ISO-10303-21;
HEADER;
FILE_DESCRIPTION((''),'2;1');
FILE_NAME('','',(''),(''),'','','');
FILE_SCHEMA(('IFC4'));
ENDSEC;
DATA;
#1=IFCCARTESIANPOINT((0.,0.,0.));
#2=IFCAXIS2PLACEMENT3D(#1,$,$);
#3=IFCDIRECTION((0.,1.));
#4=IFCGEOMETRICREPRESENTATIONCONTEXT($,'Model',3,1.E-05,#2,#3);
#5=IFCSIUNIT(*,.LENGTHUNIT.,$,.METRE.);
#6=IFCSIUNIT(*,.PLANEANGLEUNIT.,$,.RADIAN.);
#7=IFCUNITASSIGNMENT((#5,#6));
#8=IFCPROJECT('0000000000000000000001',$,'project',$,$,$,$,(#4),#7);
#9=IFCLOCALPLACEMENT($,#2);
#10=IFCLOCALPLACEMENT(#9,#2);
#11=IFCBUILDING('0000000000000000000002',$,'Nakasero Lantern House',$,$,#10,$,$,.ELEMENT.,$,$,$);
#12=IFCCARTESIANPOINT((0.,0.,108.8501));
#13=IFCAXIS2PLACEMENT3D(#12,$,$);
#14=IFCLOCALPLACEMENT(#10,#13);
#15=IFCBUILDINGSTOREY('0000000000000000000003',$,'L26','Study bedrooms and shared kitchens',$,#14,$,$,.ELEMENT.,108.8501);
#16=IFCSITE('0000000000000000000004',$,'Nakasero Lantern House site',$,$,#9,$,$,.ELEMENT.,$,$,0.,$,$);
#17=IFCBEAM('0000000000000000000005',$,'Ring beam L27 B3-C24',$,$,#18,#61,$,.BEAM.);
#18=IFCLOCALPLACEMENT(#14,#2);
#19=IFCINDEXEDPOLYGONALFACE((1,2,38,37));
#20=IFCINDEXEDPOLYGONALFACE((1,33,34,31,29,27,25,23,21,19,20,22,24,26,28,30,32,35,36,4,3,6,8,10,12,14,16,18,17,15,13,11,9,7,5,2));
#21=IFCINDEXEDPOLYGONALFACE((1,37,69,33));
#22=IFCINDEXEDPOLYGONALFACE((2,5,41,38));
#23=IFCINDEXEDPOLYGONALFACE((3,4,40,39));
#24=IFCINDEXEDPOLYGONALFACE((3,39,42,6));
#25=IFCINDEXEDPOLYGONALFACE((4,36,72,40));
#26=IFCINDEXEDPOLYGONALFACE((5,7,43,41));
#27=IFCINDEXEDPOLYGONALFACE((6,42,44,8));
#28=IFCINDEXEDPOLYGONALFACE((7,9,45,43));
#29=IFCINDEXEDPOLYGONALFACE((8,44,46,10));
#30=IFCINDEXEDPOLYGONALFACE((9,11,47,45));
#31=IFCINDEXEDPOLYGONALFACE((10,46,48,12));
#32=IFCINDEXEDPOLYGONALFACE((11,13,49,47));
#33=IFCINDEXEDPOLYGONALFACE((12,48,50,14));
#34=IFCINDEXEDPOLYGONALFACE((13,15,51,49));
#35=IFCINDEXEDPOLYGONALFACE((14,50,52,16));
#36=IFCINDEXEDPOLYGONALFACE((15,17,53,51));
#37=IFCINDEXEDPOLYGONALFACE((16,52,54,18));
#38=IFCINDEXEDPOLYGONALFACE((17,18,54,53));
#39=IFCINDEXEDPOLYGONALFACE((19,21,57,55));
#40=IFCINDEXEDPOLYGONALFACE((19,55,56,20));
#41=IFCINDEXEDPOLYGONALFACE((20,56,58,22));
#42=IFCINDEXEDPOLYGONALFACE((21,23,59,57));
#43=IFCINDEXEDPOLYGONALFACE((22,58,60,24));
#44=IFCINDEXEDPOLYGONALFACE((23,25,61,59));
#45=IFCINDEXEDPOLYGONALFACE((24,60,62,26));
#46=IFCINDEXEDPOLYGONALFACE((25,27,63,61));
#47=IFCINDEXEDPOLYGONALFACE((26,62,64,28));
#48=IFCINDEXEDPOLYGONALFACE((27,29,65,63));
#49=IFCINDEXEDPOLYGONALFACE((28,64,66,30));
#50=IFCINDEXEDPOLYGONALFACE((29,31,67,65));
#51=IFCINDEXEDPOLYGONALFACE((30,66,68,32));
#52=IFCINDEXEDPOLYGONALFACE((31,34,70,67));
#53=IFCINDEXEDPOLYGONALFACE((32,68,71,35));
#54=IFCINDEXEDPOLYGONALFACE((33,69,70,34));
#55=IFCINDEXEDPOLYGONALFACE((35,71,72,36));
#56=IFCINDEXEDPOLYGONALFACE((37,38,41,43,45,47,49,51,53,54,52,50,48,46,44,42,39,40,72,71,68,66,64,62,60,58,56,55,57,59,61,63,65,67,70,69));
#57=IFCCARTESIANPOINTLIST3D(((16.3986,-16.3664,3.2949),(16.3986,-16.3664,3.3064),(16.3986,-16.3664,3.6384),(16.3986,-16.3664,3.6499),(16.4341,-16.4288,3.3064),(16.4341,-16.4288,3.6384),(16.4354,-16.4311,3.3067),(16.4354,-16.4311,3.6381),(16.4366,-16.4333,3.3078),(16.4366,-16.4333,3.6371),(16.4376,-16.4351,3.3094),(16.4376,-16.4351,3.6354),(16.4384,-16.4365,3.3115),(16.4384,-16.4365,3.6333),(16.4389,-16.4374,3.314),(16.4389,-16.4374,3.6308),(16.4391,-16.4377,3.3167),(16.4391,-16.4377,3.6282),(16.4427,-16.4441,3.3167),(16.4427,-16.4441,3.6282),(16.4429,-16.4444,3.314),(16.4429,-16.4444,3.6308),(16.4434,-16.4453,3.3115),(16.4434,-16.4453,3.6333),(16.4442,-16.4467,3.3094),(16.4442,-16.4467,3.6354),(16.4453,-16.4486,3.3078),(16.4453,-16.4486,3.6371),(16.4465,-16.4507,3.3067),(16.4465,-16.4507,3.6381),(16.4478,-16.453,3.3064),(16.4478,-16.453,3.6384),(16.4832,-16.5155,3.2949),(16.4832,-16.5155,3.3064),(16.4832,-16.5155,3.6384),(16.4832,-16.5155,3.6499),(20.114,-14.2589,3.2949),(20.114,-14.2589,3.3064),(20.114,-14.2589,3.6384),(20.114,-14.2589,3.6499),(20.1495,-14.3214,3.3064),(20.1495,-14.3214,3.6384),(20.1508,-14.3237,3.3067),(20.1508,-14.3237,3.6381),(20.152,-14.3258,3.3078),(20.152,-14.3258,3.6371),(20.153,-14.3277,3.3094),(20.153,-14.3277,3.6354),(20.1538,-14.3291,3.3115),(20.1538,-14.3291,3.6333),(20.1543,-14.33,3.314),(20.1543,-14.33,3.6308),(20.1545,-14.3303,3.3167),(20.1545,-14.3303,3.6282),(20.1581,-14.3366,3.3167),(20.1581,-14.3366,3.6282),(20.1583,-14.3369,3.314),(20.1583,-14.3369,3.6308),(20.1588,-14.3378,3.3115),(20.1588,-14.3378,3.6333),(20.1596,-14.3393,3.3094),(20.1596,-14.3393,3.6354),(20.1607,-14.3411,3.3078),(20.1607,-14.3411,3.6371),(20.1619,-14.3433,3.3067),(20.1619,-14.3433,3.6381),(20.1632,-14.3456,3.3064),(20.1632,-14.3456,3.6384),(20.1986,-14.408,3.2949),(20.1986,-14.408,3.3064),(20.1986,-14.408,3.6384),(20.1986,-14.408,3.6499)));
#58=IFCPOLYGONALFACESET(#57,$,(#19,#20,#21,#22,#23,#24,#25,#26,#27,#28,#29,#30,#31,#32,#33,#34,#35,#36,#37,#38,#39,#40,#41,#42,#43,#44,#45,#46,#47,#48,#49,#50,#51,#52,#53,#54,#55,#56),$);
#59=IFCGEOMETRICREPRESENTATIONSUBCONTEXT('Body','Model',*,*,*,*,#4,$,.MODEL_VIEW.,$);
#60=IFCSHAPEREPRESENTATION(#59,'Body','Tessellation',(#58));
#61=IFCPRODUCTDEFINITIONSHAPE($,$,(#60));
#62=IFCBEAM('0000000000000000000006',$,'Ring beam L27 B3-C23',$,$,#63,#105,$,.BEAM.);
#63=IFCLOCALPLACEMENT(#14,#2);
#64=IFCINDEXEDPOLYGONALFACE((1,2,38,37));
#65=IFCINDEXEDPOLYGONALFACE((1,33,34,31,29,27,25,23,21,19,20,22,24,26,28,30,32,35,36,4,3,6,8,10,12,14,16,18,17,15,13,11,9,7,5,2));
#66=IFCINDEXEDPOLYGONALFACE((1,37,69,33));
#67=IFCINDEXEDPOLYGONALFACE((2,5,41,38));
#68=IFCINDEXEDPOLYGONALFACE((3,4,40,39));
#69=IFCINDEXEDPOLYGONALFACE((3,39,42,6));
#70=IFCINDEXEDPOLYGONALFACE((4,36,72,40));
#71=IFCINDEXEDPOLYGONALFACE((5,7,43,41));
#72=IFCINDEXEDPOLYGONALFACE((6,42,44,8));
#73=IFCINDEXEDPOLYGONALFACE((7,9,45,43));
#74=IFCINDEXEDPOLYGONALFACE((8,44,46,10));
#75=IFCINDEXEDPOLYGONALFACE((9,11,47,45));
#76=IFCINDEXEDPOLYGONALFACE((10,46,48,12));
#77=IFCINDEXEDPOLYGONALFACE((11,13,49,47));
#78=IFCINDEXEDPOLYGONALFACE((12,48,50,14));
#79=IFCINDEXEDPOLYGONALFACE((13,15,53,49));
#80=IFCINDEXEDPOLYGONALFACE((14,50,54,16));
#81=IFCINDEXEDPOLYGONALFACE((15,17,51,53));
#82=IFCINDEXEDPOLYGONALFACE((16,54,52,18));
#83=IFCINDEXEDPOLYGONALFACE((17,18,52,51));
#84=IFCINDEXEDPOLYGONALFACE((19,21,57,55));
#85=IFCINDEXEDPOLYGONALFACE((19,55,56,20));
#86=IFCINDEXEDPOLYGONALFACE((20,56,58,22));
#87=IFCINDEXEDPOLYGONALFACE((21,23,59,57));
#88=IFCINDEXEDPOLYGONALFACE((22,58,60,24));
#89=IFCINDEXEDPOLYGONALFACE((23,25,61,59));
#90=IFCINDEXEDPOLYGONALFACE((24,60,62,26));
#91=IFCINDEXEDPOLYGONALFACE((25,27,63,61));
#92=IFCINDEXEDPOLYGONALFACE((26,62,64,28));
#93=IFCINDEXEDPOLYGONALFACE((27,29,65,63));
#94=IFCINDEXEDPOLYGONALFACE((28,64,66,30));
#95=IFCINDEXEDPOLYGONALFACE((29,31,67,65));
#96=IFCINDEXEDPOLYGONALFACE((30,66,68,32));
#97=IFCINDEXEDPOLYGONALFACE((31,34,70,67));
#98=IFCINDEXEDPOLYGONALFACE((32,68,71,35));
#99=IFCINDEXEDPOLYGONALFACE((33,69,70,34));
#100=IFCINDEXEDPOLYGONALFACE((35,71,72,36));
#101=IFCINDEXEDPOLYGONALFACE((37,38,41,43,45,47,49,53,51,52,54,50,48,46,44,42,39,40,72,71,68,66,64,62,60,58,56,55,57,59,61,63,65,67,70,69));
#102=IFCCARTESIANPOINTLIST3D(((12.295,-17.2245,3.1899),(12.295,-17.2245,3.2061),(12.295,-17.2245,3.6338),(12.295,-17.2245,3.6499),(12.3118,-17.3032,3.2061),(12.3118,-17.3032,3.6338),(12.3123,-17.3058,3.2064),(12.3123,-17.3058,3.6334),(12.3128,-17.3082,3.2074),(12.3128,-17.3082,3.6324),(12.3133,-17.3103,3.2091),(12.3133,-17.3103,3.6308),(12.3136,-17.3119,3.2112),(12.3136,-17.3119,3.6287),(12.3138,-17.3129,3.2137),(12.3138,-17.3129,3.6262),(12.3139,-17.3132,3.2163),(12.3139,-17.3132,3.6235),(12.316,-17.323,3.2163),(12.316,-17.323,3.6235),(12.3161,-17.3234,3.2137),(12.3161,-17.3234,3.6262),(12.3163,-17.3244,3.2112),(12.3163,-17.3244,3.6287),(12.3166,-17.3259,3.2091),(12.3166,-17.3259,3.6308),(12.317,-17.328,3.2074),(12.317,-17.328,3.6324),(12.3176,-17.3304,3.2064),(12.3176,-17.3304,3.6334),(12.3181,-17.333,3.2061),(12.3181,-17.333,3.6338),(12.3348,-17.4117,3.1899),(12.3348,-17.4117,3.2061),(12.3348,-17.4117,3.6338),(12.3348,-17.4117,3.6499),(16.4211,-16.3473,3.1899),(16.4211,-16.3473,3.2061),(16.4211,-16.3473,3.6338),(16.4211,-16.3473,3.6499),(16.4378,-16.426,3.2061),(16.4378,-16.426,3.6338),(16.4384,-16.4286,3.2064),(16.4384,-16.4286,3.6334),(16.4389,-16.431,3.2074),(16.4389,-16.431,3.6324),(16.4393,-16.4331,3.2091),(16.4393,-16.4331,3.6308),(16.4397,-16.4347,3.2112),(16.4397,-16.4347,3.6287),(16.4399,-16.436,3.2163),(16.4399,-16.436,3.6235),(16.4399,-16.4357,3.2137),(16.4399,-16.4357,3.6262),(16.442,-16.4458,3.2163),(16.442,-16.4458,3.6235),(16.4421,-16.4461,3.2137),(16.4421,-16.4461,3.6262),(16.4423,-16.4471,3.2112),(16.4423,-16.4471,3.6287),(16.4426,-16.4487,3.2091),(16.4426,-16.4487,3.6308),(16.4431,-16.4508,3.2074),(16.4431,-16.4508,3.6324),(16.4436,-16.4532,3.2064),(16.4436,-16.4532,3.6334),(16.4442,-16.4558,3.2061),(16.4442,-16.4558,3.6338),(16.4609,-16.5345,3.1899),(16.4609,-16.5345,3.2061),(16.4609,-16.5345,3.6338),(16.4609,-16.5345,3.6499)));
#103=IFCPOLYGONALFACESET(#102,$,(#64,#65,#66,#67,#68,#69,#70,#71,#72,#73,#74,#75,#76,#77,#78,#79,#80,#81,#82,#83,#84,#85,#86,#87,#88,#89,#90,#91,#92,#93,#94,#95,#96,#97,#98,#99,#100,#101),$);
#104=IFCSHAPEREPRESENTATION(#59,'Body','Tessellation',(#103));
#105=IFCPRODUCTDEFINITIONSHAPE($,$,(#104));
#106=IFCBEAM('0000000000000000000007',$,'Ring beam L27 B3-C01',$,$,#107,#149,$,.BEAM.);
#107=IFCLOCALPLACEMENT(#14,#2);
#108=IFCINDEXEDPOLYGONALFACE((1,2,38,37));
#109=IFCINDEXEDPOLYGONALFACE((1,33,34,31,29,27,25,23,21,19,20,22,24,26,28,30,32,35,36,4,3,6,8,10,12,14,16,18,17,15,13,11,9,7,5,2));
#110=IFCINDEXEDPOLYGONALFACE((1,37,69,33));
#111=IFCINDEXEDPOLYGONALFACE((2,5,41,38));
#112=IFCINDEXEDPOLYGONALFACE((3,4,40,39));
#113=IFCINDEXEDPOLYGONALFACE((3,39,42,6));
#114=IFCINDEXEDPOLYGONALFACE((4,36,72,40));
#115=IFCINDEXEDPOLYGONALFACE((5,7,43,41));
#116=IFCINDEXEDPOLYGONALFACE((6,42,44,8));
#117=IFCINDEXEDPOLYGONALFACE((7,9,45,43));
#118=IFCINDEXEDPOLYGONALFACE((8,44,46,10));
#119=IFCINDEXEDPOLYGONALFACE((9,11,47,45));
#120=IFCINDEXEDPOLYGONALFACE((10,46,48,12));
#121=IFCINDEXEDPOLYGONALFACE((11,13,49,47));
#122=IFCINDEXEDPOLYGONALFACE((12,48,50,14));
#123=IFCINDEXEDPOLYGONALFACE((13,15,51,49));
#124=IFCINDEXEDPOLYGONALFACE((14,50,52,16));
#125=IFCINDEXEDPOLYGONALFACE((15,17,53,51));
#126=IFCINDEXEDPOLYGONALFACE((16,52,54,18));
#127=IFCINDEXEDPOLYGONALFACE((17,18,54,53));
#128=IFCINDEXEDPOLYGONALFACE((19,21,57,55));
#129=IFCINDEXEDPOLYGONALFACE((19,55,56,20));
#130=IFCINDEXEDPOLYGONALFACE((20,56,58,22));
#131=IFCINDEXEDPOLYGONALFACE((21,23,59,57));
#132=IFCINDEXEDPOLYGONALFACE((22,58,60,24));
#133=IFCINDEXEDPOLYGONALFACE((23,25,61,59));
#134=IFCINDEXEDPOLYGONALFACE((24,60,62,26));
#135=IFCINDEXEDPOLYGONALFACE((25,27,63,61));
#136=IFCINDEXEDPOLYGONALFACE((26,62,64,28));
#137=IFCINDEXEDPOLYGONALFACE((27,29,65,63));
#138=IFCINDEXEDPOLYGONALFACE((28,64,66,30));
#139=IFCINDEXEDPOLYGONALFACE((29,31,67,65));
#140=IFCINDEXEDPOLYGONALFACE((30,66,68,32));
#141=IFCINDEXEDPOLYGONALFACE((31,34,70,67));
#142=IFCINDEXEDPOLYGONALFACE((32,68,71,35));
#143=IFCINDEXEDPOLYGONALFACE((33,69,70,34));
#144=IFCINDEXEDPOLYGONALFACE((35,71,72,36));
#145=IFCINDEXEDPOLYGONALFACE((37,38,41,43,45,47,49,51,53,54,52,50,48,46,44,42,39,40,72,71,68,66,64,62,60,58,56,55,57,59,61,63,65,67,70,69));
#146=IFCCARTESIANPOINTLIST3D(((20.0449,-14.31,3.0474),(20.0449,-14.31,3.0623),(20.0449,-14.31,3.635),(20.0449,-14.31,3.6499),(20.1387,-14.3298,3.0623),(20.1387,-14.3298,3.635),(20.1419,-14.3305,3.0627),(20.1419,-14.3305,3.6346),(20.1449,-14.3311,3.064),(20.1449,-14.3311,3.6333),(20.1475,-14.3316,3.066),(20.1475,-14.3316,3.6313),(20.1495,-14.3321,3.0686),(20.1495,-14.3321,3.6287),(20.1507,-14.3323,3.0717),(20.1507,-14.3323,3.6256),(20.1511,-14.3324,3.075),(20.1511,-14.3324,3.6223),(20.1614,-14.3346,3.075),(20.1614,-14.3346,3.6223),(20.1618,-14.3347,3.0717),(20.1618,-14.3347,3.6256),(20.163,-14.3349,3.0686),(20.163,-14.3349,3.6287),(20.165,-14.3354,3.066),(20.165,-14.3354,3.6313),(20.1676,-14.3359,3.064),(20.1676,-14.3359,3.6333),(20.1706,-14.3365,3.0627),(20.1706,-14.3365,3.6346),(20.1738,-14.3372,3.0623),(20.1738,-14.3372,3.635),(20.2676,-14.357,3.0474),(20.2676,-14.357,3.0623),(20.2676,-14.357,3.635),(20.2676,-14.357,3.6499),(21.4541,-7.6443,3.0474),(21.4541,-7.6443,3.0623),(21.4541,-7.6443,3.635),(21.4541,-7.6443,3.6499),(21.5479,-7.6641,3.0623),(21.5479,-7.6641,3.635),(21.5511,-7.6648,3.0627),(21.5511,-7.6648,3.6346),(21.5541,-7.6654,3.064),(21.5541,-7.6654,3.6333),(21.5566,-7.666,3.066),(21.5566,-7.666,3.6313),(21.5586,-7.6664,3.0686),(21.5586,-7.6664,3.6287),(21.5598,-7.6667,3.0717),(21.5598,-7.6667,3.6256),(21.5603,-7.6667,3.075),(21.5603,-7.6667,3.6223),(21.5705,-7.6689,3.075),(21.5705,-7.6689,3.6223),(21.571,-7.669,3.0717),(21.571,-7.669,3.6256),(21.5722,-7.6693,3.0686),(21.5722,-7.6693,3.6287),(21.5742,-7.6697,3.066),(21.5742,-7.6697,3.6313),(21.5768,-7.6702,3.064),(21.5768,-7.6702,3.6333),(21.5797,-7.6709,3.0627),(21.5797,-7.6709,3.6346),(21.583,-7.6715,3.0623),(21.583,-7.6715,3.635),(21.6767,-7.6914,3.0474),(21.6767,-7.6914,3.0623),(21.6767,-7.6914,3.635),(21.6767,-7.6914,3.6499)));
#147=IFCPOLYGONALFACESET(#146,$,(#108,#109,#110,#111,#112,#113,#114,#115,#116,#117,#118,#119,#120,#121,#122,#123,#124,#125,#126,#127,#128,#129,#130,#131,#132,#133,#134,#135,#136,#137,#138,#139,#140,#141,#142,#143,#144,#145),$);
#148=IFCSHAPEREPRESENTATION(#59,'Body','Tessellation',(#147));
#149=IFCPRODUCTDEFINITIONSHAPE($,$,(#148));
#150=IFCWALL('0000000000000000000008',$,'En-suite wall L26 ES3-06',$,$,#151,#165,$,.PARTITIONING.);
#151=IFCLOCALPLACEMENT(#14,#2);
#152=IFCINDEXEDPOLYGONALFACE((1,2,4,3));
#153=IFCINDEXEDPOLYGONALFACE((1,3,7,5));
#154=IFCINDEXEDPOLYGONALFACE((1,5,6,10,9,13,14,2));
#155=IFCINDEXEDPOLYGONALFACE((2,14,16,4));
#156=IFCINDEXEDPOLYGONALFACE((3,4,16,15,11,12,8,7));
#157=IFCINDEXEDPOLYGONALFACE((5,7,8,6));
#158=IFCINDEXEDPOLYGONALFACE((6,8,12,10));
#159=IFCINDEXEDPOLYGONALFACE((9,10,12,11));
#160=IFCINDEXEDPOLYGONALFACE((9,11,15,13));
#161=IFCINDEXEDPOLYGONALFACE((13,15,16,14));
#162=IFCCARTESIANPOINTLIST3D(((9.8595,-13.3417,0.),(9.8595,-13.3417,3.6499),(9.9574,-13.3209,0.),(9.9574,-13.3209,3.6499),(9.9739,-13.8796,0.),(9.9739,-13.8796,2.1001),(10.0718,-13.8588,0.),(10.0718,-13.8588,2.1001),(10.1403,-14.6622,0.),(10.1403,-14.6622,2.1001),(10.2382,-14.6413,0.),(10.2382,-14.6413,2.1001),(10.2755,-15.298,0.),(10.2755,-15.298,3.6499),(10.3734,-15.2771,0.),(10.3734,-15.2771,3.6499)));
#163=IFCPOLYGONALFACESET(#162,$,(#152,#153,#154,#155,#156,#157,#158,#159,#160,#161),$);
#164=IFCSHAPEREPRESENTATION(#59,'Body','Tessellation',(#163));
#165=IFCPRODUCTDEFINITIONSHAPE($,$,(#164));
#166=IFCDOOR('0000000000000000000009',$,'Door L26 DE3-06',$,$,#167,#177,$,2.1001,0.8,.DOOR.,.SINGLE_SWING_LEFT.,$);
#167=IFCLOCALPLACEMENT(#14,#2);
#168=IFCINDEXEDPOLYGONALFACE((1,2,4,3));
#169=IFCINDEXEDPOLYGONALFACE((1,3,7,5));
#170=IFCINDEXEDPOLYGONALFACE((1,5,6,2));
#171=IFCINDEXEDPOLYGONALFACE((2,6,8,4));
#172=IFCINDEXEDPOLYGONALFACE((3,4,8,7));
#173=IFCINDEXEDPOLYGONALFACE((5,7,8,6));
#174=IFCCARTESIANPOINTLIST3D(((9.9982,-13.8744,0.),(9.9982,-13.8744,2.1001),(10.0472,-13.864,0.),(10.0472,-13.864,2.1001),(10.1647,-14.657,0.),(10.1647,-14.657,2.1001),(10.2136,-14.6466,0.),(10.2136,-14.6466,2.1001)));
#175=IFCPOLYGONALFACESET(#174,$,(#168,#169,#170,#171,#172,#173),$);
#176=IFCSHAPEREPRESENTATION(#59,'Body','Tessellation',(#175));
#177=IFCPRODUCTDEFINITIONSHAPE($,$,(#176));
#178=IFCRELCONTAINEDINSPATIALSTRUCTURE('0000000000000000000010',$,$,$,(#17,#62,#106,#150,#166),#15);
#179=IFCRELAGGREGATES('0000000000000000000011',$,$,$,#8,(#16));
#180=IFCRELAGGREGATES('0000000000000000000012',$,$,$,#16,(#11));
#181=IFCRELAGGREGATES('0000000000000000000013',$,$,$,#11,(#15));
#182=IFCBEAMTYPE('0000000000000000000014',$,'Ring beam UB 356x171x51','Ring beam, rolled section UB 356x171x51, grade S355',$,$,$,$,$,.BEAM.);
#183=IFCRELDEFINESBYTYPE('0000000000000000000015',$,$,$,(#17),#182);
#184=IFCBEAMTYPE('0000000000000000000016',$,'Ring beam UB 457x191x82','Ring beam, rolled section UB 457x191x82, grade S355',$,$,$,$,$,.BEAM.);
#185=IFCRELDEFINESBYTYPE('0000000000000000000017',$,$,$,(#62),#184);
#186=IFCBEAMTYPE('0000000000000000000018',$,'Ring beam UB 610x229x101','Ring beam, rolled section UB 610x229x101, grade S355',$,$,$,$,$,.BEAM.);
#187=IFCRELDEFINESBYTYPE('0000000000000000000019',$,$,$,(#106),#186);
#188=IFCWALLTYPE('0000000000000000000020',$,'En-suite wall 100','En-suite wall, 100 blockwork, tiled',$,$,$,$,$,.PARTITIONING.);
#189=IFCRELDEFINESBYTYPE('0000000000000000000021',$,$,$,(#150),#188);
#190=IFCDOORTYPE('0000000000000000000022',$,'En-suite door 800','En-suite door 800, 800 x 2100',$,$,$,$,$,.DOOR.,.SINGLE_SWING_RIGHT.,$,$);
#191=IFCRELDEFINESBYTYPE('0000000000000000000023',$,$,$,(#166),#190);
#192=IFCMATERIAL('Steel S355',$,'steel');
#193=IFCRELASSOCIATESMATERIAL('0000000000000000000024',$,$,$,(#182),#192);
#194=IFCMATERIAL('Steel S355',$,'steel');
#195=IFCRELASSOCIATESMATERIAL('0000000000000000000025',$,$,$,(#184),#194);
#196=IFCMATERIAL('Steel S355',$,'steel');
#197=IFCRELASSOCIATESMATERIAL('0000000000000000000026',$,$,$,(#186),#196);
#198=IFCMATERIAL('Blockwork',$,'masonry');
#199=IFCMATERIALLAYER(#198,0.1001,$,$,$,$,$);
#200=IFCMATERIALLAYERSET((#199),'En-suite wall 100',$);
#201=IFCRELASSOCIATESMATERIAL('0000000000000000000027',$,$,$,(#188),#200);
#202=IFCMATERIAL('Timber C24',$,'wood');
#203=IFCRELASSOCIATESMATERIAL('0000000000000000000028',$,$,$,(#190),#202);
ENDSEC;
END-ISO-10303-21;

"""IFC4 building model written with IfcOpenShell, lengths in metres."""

from ifc_helpers import new_model, si_unit, direction, frame, frame_2d, origin, origin_2d, place, context, subcontext, project, spatial, rectangle, i_section, extrude, material, layer, layer_set, material_profile, profile_set, type_object, element, fill, save


model = new_model("IFC4")

# Units and contexts
model_context = context("Model", 3, precision=1e-05, world=origin(), true_north=direction((0.0, 1.0)))
body_context = subcontext(model_context, "Body", "Model", "MODEL_VIEW")
ifc_project = project(units=[si_unit("LENGTHUNIT", "METRE"), si_unit("PLANEANGLEUNIT", "RADIAN")], contexts=[model_context])

# Site, building, storey
site_placement = place(None, origin())
site = spatial("IfcSite", under=ifc_project, at=site_placement, Name="Nakasero Lantern House site", CompositionType="ELEMENT", RefElevation=0.0)
building_placement = place(site_placement, origin())
building = spatial("IfcBuilding", under=site, at=building_placement, Name="Nakasero Lantern House", CompositionType="ELEMENT")
storey_placement = place(building_placement, frame((0.0, 0.0, 108.8501)))
storey = spatial("IfcBuildingStorey", under=building, at=storey_placement, Name="L26", Description="Study bedrooms and shared kitchens", CompositionType="ELEMENT", Elevation=108.8501)

# Beams
ifc_material_1 = material(Name="Steel S355", Category="steel")
ifc_material_profile_1 = material_profile(ifc_material_1, i_section(OverallWidth=0.1714, OverallDepth=0.355, WebThickness=0.0073, FlangeThickness=0.0115, FilletRadius=0.0103, at=origin_2d()), Name="UB 356x171x51")
ifc_profile_set_1 = profile_set([ifc_material_profile_1], Name="Steel S355")
beam_type_1 = type_object("IfcBeamType", Name="Ring beam UB 356x171x51", Description="Ring beam, rolled section UB 356x171x51, grade S355", PredefinedType="BEAM", material=ifc_profile_set_1)
beam_1_placement = place(storey_placement, frame((16.4409, -16.4409, 3.4724), z_axis=(0.869815, 0.493379, 0.0), x_axis=(-0.493379, 0.869815, 0.0)))
element("IfcBeam", 1, at=beam_1_placement, inside=storey, type_object=beam_type_1, Name="Ring beam L27 B3-C24", PredefinedType="BEAM", context=body_context, shape_type="SweptSolid", body=[
    extrude(i_section(OverallWidth=0.1714, OverallDepth=0.355, WebThickness=0.0073, FlangeThickness=0.0115, FilletRadius=0.0103, at=origin_2d()), origin(), (0.0, 0.0, 1.0), 4.2715),
])
ifc_material_2 = material(Name="Steel S355", Category="steel")
ifc_material_profile_2 = material_profile(ifc_material_2, i_section(OverallWidth=0.1914, OverallDepth=0.46, WebThickness=0.01, FlangeThickness=0.0161, FilletRadius=0.0103, at=origin_2d()), Name="UB 457x191x82")
ifc_profile_set_2 = profile_set([ifc_material_profile_2], Name="Steel S355")
beam_type_2 = type_object("IfcBeamType", Name="Ring beam UB 457x191x82", Description="Ring beam, rolled section UB 457x191x82, grade S355", PredefinedType="BEAM", material=ifc_profile_set_2)
beam_2_placement = place(storey_placement, frame((12.3149, -17.3181, 3.4199), z_axis=(0.978138, 0.207956, 0.0), x_axis=(-0.207956, 0.978138, 0.0)))
element("IfcBeam", 2, at=beam_2_placement, inside=storey, type_object=beam_type_2, Name="Ring beam L27 B3-C23", PredefinedType="BEAM", context=body_context, shape_type="SweptSolid", body=[
    extrude(i_section(OverallWidth=0.1914, OverallDepth=0.46, WebThickness=0.01, FlangeThickness=0.0161, FilletRadius=0.0103, at=origin_2d()), origin(), (0.0, 0.0, 1.0), 4.2183),
])
ifc_material_3 = material(Name="Steel S355", Category="steel")
ifc_material_profile_3 = material_profile(ifc_material_3, i_section(OverallWidth=0.2275, OverallDepth=0.6025, WebThickness=0.0105, FlangeThickness=0.0149, FilletRadius=0.0127, at=origin_2d()), Name="UB 610x229x101")
ifc_profile_set_3 = profile_set([ifc_material_profile_3], Name="Steel S355")
beam_type_3 = type_object("IfcBeamType", Name="Ring beam UB 610x229x101", Description="Ring beam, rolled section UB 610x229x101, grade S355", PredefinedType="BEAM", material=ifc_profile_set_3)
beam_3_placement = place(storey_placement, frame((20.1562, -14.3335, 3.3486), z_axis=(0.206834, 0.978376, 0.0), x_axis=(-0.978376, 0.206834, 0.0)))
element("IfcBeam", 3, at=beam_3_placement, inside=storey, type_object=beam_type_3, Name="Ring beam L27 B3-C01", PredefinedType="BEAM", context=body_context, shape_type="SweptSolid", body=[
    extrude(i_section(OverallWidth=0.2275, OverallDepth=0.6025, WebThickness=0.0105, FlangeThickness=0.0149, FilletRadius=0.0127, at=origin_2d()), origin(), (0.0, 0.0, 1.0), 6.813),
])

# Wall, opening, door
ifc_material_4 = material(Name="Blockwork", Category="masonry")
ifc_layer_1 = layer(ifc_material_4, 0.1001)
ifc_layer_set_1 = layer_set([ifc_layer_1], Name="En-suite wall 100")
wall_type_1 = type_object("IfcWallType", Name="En-suite wall 100", Description="En-suite wall, 100 blockwork, tiled", PredefinedType="PARTITIONING", material=ifc_layer_set_1)
wall_1_placement = place(storey_placement, frame((9.9084, -13.3313, 0.0), z_axis=(0.0, 0.0, 1.0), x_axis=(0.208003, -0.978128, 0.0)))
wall_1 = element("IfcWall", 4, at=wall_1_placement, inside=storey, type_object=wall_type_1, Name="En-suite wall L26 ES3-06", PredefinedType="PARTITIONING", context=body_context, shape_type="SweptSolid", body=[
    extrude(rectangle(XDim=2.0, YDim=0.1001, at=frame_2d((1.0, 0.0))), origin(), (0.0, 0.0, 1.0), 3.6499),
])
opening_1_placement = place(wall_1_placement, frame((0.55, 0.0, 0.0)))
opening_1 = element("IfcOpeningElement", 5, at=opening_1_placement, cuts=wall_1, PredefinedType="OPENING", context=body_context, shape_type="SweptSolid", body=[
    extrude(rectangle(XDim=0.8, YDim=2.1001, at=frame_2d((0.3999, 1.05))), frame((0.0, 0.0701, 0.0), z_axis=(0.0, -1.0, 0.0), x_axis=(1.0, 0.0, 0.0)), (0.0, 0.0, 1.0), 0.1401),
])
ifc_material_5 = material(Name="Timber C24", Category="wood")
door_type_1 = type_object("IfcDoorType", Name="En-suite door 800", Description="En-suite door 800, 800 x 2100", OperationType="SINGLE_SWING_RIGHT", PredefinedType="DOOR", material=ifc_material_5)
door_1_placement = place(opening_1_placement, origin())
door_1 = element("IfcDoor", 6, at=door_1_placement, inside=storey, type_object=door_type_1, Name="Door L26 DE3-06", OperationType="SINGLE_SWING_LEFT", OverallHeight=2.1001, OverallWidth=0.8, PredefinedType="DOOR", context=body_context, shape_type="SweptSolid", body=[
    extrude(rectangle(XDim=0.8, YDim=2.1001, at=frame_2d((0.3999, 1.05))), frame((0.0, 0.0249, 0.0), z_axis=(0.0, -1.0, 0.0), x_axis=(1.0, 0.0, 0.0)), (0.0, 0.0, 1.0), 0.05),
])
fill(opening_1, door_1)

save(model, "model.ifc")
